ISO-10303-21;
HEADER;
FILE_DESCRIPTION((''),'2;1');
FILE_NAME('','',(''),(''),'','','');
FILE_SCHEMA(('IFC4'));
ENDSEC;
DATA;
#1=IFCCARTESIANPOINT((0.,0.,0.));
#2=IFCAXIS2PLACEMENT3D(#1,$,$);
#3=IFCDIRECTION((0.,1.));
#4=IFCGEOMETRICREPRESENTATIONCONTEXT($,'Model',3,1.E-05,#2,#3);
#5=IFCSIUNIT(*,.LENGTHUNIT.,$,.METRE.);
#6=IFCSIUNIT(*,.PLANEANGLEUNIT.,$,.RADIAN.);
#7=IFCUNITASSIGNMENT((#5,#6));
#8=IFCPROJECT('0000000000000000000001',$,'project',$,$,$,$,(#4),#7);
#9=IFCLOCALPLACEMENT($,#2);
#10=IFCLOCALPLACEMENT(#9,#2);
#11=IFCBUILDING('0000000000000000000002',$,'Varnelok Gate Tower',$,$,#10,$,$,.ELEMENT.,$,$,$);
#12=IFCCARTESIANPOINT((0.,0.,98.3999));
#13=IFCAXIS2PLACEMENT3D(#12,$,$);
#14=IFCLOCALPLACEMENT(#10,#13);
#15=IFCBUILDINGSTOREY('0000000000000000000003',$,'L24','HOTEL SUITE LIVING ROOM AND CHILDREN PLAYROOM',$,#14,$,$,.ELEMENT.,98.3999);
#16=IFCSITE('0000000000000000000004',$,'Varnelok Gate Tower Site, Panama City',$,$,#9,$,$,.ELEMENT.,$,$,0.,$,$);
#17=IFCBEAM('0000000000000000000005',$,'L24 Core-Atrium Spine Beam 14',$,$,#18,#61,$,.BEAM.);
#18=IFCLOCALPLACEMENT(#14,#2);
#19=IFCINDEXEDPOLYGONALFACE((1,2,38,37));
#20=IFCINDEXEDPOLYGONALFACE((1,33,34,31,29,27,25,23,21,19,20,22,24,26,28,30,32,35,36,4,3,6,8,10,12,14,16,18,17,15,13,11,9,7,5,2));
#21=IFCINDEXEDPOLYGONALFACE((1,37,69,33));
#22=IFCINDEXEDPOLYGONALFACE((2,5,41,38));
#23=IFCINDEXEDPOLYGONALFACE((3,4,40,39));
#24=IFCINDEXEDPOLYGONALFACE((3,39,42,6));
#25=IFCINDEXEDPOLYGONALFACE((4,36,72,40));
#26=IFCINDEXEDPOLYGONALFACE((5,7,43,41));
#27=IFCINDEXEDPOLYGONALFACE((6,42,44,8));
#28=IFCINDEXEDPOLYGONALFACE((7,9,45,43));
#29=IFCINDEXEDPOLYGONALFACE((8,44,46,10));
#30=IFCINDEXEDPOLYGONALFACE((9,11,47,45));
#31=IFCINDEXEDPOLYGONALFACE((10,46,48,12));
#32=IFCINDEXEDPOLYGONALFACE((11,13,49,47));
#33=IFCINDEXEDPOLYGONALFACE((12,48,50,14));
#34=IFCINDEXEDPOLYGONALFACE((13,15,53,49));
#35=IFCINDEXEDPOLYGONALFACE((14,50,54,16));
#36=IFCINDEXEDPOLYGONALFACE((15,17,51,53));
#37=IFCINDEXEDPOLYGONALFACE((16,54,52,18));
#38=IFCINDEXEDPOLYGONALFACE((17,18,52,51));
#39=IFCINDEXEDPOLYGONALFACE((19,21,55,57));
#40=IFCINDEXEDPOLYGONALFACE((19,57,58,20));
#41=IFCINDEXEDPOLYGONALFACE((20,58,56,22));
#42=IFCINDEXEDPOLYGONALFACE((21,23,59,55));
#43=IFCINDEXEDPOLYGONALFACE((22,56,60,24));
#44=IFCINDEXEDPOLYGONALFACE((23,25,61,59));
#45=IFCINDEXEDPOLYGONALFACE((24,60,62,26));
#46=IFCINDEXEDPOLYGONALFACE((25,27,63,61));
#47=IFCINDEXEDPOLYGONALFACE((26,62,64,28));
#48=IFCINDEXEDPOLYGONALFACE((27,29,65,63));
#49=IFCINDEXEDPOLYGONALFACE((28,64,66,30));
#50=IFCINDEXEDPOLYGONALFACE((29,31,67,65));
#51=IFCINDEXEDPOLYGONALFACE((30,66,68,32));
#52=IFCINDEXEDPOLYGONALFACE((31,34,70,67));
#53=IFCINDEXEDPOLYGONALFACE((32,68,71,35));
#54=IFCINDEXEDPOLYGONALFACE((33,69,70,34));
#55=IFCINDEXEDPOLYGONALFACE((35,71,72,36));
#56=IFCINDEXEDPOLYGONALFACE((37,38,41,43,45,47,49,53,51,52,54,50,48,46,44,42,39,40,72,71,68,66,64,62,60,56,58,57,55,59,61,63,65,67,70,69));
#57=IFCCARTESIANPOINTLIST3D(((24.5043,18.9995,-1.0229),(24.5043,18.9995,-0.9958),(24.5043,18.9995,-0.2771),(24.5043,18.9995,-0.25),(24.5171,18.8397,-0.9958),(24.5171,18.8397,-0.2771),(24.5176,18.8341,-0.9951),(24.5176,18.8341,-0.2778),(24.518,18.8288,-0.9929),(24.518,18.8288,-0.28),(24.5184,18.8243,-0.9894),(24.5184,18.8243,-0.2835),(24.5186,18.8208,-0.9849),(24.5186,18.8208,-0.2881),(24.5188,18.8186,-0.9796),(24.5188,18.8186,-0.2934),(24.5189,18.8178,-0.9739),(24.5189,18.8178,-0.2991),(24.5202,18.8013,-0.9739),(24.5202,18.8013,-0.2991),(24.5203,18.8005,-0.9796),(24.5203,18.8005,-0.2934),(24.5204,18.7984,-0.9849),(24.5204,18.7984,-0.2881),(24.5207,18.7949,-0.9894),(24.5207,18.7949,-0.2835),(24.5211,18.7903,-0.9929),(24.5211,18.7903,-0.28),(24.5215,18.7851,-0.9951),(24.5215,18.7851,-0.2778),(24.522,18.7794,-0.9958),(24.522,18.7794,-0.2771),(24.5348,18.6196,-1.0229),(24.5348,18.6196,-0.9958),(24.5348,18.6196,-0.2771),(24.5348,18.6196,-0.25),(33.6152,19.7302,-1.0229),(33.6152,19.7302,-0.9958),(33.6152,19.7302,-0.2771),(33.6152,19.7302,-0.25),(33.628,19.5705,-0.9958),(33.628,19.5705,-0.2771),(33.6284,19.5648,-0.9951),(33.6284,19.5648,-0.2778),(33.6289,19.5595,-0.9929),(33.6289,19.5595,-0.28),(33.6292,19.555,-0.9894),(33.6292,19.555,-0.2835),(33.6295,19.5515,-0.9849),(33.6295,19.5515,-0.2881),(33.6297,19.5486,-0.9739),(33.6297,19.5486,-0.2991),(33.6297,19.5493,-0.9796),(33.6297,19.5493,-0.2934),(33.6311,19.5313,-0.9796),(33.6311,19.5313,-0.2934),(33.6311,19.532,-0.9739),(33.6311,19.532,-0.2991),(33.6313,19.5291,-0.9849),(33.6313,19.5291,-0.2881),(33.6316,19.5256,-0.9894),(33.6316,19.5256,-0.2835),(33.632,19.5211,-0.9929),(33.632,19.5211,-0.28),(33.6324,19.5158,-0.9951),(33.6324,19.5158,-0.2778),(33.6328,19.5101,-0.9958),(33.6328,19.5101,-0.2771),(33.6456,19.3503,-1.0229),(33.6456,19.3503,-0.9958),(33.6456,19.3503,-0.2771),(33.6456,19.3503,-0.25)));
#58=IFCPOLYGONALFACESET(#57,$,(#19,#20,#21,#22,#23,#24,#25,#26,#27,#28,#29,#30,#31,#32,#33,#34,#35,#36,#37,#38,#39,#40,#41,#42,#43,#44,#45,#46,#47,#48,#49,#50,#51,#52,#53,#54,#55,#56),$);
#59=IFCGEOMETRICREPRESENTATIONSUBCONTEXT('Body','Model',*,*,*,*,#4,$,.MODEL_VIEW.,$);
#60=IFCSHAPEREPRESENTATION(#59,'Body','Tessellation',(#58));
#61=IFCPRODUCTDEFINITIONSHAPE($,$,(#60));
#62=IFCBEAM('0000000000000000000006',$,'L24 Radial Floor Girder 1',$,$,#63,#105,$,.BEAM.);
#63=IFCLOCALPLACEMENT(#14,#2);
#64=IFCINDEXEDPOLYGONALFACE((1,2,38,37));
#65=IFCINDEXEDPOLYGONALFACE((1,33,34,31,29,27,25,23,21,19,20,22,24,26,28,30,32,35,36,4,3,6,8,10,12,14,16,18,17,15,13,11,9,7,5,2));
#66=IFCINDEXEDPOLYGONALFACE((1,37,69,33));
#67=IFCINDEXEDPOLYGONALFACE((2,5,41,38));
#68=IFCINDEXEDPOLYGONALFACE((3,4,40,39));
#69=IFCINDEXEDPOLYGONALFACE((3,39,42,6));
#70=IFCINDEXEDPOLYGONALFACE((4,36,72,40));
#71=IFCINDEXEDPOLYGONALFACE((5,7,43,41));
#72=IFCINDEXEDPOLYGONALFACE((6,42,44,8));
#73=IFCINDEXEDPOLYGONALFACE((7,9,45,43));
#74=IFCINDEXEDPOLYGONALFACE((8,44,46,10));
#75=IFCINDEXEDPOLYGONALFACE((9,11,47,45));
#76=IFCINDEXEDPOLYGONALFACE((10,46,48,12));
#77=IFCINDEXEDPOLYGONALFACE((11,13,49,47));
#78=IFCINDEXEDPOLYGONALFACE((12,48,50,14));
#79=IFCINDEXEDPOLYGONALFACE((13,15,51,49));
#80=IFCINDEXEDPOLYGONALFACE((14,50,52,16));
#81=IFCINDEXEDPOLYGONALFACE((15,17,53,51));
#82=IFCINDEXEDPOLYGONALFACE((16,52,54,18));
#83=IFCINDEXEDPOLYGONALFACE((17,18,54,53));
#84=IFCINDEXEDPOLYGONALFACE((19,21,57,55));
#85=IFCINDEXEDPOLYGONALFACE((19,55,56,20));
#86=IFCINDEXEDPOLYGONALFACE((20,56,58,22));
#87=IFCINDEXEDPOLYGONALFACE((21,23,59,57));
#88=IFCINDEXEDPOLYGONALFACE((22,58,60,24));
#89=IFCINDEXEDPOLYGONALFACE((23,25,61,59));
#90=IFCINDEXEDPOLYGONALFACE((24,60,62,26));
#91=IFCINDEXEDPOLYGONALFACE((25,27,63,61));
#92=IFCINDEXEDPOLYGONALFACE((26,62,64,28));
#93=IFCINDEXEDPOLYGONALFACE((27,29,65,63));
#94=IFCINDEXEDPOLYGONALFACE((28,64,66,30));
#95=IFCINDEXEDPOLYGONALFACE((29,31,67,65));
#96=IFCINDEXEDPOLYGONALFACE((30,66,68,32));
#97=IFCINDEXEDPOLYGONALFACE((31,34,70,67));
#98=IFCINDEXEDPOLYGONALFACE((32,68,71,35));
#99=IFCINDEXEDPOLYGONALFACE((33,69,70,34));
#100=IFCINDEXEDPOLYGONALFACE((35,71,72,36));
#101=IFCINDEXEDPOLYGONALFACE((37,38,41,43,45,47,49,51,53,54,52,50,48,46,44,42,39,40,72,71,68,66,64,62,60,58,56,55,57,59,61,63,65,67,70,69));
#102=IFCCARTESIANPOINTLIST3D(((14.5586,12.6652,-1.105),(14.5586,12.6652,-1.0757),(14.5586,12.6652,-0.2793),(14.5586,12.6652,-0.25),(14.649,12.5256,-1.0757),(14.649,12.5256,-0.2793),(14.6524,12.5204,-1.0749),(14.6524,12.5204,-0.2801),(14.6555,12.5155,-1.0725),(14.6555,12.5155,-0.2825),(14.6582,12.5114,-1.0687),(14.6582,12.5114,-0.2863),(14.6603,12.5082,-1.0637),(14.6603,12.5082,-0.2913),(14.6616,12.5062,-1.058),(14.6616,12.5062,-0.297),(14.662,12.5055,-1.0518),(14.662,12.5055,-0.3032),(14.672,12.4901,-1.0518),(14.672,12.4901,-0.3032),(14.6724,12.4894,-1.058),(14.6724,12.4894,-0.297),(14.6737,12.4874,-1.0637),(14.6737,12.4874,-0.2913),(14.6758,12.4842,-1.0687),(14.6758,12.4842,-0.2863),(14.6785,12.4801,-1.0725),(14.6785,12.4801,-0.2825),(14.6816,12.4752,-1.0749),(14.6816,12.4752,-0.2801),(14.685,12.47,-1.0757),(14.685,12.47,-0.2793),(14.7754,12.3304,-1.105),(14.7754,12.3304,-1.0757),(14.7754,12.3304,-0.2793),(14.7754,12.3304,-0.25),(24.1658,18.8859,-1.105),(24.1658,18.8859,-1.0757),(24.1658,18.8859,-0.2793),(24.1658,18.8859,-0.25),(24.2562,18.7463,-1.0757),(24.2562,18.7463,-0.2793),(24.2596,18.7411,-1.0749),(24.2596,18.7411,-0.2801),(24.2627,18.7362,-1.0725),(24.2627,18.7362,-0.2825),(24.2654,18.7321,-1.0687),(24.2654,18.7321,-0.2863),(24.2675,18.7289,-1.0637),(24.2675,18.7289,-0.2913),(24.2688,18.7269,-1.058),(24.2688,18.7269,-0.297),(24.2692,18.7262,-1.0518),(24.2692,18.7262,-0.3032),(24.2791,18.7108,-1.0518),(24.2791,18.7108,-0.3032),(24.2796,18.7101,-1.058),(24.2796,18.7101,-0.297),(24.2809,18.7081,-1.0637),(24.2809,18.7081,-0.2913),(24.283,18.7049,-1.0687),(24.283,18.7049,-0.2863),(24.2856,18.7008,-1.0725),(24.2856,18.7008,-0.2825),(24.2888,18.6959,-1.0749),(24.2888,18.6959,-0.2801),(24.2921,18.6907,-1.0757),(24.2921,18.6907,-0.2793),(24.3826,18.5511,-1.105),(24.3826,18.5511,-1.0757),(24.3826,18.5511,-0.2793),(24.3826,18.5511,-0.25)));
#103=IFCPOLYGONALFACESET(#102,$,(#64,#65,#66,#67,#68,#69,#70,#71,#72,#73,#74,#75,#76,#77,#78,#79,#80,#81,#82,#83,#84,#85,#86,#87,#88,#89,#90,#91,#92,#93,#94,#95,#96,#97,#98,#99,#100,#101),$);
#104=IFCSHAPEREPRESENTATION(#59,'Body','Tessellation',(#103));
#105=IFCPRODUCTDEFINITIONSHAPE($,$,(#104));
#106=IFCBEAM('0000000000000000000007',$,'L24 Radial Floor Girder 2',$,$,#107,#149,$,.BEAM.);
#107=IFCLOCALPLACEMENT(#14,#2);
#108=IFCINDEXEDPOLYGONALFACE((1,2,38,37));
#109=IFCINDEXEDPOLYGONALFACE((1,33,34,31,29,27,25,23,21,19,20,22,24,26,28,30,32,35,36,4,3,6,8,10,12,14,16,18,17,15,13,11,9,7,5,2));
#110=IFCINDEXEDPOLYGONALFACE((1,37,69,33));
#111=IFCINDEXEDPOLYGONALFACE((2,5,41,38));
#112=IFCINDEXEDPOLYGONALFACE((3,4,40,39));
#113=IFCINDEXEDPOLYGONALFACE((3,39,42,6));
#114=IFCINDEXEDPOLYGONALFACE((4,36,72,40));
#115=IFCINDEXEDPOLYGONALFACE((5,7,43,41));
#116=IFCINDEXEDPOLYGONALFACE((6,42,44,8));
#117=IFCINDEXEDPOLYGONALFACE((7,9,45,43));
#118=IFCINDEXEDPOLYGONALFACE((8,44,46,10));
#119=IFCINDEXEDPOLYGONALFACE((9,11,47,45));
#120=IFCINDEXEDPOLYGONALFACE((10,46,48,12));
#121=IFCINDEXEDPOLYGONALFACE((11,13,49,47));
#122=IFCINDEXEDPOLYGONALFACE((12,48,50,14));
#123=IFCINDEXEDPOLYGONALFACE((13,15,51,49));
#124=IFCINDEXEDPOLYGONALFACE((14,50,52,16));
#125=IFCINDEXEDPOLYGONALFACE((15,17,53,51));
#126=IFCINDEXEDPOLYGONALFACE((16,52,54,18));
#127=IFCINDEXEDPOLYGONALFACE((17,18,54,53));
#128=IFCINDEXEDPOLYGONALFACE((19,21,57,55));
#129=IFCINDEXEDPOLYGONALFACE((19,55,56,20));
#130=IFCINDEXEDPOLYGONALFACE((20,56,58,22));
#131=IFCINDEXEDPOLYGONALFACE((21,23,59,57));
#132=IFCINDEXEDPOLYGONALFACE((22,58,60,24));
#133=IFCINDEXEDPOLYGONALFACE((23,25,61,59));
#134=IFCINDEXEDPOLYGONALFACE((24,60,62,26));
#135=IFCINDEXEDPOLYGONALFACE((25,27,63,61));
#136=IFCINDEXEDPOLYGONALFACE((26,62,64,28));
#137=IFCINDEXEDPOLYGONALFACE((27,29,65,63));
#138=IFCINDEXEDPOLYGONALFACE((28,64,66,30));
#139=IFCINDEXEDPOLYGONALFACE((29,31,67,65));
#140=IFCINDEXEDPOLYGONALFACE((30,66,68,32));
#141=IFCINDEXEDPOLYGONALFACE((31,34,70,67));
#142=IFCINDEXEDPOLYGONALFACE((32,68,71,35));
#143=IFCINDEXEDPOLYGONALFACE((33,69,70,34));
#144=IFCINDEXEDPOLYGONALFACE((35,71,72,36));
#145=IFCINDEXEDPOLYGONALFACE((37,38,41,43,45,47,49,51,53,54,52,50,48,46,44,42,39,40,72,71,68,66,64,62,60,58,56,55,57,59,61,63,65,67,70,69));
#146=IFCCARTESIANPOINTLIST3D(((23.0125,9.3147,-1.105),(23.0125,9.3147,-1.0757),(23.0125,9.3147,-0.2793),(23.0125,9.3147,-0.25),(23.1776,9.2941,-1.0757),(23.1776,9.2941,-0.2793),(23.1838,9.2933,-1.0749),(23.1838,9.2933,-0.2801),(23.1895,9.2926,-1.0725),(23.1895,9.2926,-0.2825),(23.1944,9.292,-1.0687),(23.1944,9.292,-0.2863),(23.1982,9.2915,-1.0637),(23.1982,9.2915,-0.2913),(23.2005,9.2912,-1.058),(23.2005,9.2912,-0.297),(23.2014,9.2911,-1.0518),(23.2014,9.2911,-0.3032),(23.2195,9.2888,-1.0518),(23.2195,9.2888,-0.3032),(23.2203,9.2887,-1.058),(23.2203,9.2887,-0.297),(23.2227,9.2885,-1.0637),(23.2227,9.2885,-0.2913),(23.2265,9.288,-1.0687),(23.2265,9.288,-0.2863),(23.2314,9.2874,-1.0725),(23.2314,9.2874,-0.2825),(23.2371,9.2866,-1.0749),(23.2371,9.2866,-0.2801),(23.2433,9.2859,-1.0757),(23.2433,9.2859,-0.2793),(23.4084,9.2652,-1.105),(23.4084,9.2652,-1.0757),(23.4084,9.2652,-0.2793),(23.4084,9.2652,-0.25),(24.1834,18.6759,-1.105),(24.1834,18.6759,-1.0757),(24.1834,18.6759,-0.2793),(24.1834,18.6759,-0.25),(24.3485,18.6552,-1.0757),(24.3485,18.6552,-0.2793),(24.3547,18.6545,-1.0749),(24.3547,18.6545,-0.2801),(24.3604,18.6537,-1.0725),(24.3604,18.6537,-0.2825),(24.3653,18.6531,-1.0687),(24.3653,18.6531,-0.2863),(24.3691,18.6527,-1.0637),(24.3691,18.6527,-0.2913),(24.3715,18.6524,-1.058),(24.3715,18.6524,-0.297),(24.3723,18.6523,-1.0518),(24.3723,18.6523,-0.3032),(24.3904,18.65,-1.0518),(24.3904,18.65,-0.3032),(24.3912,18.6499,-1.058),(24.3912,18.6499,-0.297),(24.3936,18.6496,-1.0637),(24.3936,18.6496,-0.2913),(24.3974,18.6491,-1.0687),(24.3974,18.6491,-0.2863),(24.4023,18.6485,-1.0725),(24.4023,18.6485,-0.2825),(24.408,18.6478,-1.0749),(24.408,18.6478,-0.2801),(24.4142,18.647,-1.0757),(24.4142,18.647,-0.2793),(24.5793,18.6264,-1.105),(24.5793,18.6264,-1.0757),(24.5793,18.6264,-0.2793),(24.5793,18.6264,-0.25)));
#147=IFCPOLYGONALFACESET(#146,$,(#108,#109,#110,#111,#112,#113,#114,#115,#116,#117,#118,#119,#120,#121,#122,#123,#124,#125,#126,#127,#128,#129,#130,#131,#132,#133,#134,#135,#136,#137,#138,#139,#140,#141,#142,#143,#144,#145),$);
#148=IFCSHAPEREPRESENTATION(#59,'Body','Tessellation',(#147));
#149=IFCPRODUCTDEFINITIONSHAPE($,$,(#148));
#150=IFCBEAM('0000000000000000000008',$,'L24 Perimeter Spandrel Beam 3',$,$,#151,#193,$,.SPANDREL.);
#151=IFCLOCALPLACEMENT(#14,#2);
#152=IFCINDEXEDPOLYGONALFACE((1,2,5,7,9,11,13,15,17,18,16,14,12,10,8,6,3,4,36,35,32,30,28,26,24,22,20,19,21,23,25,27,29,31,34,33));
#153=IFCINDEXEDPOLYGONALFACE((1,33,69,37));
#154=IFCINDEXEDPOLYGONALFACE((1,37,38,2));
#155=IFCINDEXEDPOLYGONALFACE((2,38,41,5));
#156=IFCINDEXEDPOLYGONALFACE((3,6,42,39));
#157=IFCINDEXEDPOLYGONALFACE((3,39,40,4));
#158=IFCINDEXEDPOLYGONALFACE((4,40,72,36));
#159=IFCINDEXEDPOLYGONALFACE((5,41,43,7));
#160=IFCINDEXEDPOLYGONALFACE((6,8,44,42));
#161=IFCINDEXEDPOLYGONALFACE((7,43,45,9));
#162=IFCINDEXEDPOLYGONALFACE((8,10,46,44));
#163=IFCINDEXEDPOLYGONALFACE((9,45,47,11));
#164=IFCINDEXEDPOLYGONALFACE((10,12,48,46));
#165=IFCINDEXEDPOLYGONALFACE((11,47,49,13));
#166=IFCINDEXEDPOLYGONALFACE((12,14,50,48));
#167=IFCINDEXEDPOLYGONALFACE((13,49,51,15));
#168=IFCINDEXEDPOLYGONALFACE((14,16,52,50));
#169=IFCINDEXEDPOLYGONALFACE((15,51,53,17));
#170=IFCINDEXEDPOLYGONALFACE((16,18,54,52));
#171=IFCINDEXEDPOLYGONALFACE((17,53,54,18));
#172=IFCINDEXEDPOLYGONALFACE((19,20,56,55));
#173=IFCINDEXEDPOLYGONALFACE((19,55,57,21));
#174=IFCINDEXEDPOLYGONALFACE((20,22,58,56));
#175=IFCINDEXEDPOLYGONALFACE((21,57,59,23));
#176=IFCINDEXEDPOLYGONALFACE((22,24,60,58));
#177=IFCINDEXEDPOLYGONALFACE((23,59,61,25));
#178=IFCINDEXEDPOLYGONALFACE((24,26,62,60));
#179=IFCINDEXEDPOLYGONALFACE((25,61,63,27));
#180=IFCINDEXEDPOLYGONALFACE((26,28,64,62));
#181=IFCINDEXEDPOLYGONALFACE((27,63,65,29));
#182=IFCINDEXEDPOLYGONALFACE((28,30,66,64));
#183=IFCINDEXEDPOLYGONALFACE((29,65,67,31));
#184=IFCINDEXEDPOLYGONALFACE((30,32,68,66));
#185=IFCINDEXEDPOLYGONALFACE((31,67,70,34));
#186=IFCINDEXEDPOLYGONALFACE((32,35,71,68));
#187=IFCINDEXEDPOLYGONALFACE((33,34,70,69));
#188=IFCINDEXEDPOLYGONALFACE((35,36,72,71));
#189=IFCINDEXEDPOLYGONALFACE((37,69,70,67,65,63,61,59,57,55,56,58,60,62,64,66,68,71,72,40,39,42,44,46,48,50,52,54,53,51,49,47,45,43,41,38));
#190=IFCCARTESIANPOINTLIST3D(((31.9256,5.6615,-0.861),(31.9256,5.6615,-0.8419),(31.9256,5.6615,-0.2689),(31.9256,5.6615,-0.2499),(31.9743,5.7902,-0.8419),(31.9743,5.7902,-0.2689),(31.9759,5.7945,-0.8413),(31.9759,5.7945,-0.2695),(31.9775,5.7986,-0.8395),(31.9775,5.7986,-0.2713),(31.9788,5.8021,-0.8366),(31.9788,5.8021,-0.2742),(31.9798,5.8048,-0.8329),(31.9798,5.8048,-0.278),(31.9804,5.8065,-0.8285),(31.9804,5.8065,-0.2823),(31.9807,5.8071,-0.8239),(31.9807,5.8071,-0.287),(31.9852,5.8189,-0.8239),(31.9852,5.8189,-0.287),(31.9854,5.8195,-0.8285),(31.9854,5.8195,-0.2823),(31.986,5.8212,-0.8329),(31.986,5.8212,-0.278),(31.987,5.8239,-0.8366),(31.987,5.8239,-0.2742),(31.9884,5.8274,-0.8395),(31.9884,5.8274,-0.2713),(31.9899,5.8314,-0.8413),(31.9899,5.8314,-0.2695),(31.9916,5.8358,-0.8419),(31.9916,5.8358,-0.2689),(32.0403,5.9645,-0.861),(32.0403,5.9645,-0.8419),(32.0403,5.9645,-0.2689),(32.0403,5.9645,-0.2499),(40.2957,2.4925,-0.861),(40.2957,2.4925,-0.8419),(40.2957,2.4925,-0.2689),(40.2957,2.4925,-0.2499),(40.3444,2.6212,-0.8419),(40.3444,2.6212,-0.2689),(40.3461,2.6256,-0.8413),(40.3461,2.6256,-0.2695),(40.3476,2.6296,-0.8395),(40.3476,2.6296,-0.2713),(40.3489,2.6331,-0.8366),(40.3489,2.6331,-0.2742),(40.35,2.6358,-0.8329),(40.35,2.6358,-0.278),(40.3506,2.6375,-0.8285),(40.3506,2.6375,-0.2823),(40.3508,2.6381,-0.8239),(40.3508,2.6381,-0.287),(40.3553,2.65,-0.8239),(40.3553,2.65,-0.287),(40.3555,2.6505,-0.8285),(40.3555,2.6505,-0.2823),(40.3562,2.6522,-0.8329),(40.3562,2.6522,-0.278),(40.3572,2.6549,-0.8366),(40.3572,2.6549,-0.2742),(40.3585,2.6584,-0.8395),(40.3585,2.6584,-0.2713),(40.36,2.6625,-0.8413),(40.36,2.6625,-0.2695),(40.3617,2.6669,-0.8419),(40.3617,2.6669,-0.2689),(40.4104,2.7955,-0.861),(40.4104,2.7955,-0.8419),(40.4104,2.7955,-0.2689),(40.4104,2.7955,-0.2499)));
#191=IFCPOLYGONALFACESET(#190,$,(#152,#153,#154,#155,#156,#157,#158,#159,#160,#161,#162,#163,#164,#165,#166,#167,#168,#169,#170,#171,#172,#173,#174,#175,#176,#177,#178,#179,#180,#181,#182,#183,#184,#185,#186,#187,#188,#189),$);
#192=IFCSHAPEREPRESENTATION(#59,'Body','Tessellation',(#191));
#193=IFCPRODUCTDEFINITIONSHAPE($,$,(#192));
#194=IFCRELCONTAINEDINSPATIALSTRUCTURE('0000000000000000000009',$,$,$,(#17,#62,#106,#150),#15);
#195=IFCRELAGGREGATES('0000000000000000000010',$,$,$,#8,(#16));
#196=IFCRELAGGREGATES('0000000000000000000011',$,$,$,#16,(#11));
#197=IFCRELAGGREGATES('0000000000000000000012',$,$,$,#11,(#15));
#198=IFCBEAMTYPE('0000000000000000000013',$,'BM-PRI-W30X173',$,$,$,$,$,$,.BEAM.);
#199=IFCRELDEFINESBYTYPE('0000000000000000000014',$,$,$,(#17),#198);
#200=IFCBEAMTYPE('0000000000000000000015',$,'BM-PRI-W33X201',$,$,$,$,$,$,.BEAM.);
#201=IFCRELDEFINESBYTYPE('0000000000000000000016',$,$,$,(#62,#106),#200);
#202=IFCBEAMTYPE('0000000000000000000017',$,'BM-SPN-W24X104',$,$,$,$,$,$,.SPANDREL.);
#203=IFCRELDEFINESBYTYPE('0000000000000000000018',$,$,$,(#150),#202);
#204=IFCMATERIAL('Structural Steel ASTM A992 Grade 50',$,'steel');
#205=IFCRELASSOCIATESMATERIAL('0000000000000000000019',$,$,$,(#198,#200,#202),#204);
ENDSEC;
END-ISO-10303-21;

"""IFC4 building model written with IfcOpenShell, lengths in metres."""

from ifc_helpers import new_model, si_unit, direction, frame, origin, origin_2d, place, context, subcontext, project, spatial, i_section, extrude, material, material_profile, profile_set, type_object, element, save


model = new_model("IFC4")

# Units and contexts
model_context = context("Model", 3, precision=1e-05, world=origin(), true_north=direction((0.0, 1.0)))
body_context = subcontext(model_context, "Body", "Model", "MODEL_VIEW")
ifc_project = project(units=[si_unit("LENGTHUNIT", "METRE"), si_unit("PLANEANGLEUNIT", "RADIAN")], contexts=[model_context])

# Site, building, storey
site_placement = place(None, origin())
site = spatial("IfcSite", under=ifc_project, at=site_placement, Name="Varnelok Gate Tower Site, Panama City", CompositionType="ELEMENT", RefElevation=0.0)
building_placement = place(site_placement, origin())
building = spatial("IfcBuilding", under=site, at=building_placement, Name="Varnelok Gate Tower", CompositionType="ELEMENT")
storey_placement = place(building_placement, frame((0.0, 0.0, 98.3999)))
storey = spatial("IfcBuildingStorey", under=building, at=storey_placement, Name="L24", Description="HOTEL SUITE LIVING ROOM AND CHILDREN PLAYROOM", CompositionType="ELEMENT", Elevation=98.3999)

# Shared definitions
ifc_material_1 = material(Name="Structural Steel ASTM A992 Grade 50", Category="steel")

# Beams
ifc_material_profile_1 = material_profile(ifc_material_1, i_section(OverallWidth=0.3811, OverallDepth=0.7729, WebThickness=0.0166, FlangeThickness=0.0271, FilletRadius=0.022, at=origin_2d()), Name="W30X173")
ifc_profile_set_1 = profile_set([ifc_material_profile_1], Name="Structural Steel ASTM A992 Grade 50")
beam_type_1 = type_object("IfcBeamType", Name="BM-PRI-W30X173", PredefinedType="BEAM", material=ifc_profile_set_1)
beam_1_placement = place(storey_placement, frame((24.5195, 18.8096, -0.6365), z_axis=(0.996799, 0.079946, 0.0), x_axis=(-0.079946, 0.996799, 0.0)))
element("IfcBeam", 1, at=beam_1_placement, inside=storey, type_object=beam_type_1, Name="L24 Core-Atrium Spine Beam 14", PredefinedType="BEAM", context=body_context, shape_type="SweptSolid", body=[
    extrude(i_section(OverallWidth=0.3811, OverallDepth=0.7729, WebThickness=0.0166, FlangeThickness=0.0271, FilletRadius=0.022, at=origin_2d()), origin(), (0.0, 0.0, 1.0), 9.1401),
])
ifc_material_profile_2 = material_profile(ifc_material_1, i_section(OverallWidth=0.3989, OverallDepth=0.855, WebThickness=0.0183, FlangeThickness=0.0293, FilletRadius=0.0239, at=origin_2d()), Name="W33X201")
ifc_profile_set_2 = profile_set([ifc_material_profile_2], Name="Structural Steel ASTM A992 Grade 50")
beam_type_2 = type_object("IfcBeamType", Name="BM-PRI-W33X201", PredefinedType="BEAM", material=ifc_profile_set_2)
beam_2_placement = place(storey_placement, frame((24.2742, 18.7185, -0.6775), z_axis=(-0.839399, -0.543516, 0.0), x_axis=(0.543516, -0.839399, 0.0)))
element("IfcBeam", 2, at=beam_2_placement, inside=storey, type_object=beam_type_2, Name="L24 Radial Floor Girder 1", PredefinedType="BEAM", context=body_context, shape_type="SweptSolid", body=[
    extrude(i_section(OverallWidth=0.3989, OverallDepth=0.855, WebThickness=0.0183, FlangeThickness=0.0293, FilletRadius=0.0239, at=origin_2d()), origin(), (0.0, 0.0, 1.0), 11.4453),
])
beam_3_placement = place(storey_placement, frame((24.3813, 18.6511, -0.6775), z_axis=(-0.124114, -0.992268, 0.0), x_axis=(0.992268, -0.124114, 0.0)))
element("IfcBeam", 3, at=beam_3_placement, inside=storey, type_object=beam_type_2, Name="L24 Radial Floor Girder 2", PredefinedType="BEAM", context=body_context, shape_type="SweptSolid", body=[
    extrude(i_section(OverallWidth=0.3989, OverallDepth=0.855, WebThickness=0.0183, FlangeThickness=0.0293, FilletRadius=0.0239, at=origin_2d()), origin(), (0.0, 0.0, 1.0), 9.4341),
])
ifc_material_profile_3 = material_profile(ifc_material_1, i_section(OverallWidth=0.324, OverallDepth=0.6111, WebThickness=0.0127, FlangeThickness=0.019, FilletRadius=0.0181, at=origin_2d()), Name="W24X104")
ifc_profile_set_3 = profile_set([ifc_material_profile_3], Name="Structural Steel ASTM A992 Grade 50")
beam_type_3 = type_object("IfcBeamType", Name="BM-SPN-W24X104", PredefinedType="SPANDREL", material=ifc_profile_set_3)
beam_4_placement = place(storey_placement, frame((31.9829, 5.813, -0.5554), z_axis=(0.935217, -0.354075, 0.0), x_axis=(0.354075, 0.935217, 0.0)))
element("IfcBeam", 4, at=beam_4_placement, inside=storey, type_object=beam_type_3, Name="L24 Perimeter Spandrel Beam 3", PredefinedType="SPANDREL", context=body_context, shape_type="SweptSolid", body=[
    extrude(i_section(OverallWidth=0.324, OverallDepth=0.6111, WebThickness=0.0127, FlangeThickness=0.019, FilletRadius=0.0181, at=origin_2d()), origin(), (0.0, 0.0, 1.0), 8.95),
])

save(model, "model.ifc")
